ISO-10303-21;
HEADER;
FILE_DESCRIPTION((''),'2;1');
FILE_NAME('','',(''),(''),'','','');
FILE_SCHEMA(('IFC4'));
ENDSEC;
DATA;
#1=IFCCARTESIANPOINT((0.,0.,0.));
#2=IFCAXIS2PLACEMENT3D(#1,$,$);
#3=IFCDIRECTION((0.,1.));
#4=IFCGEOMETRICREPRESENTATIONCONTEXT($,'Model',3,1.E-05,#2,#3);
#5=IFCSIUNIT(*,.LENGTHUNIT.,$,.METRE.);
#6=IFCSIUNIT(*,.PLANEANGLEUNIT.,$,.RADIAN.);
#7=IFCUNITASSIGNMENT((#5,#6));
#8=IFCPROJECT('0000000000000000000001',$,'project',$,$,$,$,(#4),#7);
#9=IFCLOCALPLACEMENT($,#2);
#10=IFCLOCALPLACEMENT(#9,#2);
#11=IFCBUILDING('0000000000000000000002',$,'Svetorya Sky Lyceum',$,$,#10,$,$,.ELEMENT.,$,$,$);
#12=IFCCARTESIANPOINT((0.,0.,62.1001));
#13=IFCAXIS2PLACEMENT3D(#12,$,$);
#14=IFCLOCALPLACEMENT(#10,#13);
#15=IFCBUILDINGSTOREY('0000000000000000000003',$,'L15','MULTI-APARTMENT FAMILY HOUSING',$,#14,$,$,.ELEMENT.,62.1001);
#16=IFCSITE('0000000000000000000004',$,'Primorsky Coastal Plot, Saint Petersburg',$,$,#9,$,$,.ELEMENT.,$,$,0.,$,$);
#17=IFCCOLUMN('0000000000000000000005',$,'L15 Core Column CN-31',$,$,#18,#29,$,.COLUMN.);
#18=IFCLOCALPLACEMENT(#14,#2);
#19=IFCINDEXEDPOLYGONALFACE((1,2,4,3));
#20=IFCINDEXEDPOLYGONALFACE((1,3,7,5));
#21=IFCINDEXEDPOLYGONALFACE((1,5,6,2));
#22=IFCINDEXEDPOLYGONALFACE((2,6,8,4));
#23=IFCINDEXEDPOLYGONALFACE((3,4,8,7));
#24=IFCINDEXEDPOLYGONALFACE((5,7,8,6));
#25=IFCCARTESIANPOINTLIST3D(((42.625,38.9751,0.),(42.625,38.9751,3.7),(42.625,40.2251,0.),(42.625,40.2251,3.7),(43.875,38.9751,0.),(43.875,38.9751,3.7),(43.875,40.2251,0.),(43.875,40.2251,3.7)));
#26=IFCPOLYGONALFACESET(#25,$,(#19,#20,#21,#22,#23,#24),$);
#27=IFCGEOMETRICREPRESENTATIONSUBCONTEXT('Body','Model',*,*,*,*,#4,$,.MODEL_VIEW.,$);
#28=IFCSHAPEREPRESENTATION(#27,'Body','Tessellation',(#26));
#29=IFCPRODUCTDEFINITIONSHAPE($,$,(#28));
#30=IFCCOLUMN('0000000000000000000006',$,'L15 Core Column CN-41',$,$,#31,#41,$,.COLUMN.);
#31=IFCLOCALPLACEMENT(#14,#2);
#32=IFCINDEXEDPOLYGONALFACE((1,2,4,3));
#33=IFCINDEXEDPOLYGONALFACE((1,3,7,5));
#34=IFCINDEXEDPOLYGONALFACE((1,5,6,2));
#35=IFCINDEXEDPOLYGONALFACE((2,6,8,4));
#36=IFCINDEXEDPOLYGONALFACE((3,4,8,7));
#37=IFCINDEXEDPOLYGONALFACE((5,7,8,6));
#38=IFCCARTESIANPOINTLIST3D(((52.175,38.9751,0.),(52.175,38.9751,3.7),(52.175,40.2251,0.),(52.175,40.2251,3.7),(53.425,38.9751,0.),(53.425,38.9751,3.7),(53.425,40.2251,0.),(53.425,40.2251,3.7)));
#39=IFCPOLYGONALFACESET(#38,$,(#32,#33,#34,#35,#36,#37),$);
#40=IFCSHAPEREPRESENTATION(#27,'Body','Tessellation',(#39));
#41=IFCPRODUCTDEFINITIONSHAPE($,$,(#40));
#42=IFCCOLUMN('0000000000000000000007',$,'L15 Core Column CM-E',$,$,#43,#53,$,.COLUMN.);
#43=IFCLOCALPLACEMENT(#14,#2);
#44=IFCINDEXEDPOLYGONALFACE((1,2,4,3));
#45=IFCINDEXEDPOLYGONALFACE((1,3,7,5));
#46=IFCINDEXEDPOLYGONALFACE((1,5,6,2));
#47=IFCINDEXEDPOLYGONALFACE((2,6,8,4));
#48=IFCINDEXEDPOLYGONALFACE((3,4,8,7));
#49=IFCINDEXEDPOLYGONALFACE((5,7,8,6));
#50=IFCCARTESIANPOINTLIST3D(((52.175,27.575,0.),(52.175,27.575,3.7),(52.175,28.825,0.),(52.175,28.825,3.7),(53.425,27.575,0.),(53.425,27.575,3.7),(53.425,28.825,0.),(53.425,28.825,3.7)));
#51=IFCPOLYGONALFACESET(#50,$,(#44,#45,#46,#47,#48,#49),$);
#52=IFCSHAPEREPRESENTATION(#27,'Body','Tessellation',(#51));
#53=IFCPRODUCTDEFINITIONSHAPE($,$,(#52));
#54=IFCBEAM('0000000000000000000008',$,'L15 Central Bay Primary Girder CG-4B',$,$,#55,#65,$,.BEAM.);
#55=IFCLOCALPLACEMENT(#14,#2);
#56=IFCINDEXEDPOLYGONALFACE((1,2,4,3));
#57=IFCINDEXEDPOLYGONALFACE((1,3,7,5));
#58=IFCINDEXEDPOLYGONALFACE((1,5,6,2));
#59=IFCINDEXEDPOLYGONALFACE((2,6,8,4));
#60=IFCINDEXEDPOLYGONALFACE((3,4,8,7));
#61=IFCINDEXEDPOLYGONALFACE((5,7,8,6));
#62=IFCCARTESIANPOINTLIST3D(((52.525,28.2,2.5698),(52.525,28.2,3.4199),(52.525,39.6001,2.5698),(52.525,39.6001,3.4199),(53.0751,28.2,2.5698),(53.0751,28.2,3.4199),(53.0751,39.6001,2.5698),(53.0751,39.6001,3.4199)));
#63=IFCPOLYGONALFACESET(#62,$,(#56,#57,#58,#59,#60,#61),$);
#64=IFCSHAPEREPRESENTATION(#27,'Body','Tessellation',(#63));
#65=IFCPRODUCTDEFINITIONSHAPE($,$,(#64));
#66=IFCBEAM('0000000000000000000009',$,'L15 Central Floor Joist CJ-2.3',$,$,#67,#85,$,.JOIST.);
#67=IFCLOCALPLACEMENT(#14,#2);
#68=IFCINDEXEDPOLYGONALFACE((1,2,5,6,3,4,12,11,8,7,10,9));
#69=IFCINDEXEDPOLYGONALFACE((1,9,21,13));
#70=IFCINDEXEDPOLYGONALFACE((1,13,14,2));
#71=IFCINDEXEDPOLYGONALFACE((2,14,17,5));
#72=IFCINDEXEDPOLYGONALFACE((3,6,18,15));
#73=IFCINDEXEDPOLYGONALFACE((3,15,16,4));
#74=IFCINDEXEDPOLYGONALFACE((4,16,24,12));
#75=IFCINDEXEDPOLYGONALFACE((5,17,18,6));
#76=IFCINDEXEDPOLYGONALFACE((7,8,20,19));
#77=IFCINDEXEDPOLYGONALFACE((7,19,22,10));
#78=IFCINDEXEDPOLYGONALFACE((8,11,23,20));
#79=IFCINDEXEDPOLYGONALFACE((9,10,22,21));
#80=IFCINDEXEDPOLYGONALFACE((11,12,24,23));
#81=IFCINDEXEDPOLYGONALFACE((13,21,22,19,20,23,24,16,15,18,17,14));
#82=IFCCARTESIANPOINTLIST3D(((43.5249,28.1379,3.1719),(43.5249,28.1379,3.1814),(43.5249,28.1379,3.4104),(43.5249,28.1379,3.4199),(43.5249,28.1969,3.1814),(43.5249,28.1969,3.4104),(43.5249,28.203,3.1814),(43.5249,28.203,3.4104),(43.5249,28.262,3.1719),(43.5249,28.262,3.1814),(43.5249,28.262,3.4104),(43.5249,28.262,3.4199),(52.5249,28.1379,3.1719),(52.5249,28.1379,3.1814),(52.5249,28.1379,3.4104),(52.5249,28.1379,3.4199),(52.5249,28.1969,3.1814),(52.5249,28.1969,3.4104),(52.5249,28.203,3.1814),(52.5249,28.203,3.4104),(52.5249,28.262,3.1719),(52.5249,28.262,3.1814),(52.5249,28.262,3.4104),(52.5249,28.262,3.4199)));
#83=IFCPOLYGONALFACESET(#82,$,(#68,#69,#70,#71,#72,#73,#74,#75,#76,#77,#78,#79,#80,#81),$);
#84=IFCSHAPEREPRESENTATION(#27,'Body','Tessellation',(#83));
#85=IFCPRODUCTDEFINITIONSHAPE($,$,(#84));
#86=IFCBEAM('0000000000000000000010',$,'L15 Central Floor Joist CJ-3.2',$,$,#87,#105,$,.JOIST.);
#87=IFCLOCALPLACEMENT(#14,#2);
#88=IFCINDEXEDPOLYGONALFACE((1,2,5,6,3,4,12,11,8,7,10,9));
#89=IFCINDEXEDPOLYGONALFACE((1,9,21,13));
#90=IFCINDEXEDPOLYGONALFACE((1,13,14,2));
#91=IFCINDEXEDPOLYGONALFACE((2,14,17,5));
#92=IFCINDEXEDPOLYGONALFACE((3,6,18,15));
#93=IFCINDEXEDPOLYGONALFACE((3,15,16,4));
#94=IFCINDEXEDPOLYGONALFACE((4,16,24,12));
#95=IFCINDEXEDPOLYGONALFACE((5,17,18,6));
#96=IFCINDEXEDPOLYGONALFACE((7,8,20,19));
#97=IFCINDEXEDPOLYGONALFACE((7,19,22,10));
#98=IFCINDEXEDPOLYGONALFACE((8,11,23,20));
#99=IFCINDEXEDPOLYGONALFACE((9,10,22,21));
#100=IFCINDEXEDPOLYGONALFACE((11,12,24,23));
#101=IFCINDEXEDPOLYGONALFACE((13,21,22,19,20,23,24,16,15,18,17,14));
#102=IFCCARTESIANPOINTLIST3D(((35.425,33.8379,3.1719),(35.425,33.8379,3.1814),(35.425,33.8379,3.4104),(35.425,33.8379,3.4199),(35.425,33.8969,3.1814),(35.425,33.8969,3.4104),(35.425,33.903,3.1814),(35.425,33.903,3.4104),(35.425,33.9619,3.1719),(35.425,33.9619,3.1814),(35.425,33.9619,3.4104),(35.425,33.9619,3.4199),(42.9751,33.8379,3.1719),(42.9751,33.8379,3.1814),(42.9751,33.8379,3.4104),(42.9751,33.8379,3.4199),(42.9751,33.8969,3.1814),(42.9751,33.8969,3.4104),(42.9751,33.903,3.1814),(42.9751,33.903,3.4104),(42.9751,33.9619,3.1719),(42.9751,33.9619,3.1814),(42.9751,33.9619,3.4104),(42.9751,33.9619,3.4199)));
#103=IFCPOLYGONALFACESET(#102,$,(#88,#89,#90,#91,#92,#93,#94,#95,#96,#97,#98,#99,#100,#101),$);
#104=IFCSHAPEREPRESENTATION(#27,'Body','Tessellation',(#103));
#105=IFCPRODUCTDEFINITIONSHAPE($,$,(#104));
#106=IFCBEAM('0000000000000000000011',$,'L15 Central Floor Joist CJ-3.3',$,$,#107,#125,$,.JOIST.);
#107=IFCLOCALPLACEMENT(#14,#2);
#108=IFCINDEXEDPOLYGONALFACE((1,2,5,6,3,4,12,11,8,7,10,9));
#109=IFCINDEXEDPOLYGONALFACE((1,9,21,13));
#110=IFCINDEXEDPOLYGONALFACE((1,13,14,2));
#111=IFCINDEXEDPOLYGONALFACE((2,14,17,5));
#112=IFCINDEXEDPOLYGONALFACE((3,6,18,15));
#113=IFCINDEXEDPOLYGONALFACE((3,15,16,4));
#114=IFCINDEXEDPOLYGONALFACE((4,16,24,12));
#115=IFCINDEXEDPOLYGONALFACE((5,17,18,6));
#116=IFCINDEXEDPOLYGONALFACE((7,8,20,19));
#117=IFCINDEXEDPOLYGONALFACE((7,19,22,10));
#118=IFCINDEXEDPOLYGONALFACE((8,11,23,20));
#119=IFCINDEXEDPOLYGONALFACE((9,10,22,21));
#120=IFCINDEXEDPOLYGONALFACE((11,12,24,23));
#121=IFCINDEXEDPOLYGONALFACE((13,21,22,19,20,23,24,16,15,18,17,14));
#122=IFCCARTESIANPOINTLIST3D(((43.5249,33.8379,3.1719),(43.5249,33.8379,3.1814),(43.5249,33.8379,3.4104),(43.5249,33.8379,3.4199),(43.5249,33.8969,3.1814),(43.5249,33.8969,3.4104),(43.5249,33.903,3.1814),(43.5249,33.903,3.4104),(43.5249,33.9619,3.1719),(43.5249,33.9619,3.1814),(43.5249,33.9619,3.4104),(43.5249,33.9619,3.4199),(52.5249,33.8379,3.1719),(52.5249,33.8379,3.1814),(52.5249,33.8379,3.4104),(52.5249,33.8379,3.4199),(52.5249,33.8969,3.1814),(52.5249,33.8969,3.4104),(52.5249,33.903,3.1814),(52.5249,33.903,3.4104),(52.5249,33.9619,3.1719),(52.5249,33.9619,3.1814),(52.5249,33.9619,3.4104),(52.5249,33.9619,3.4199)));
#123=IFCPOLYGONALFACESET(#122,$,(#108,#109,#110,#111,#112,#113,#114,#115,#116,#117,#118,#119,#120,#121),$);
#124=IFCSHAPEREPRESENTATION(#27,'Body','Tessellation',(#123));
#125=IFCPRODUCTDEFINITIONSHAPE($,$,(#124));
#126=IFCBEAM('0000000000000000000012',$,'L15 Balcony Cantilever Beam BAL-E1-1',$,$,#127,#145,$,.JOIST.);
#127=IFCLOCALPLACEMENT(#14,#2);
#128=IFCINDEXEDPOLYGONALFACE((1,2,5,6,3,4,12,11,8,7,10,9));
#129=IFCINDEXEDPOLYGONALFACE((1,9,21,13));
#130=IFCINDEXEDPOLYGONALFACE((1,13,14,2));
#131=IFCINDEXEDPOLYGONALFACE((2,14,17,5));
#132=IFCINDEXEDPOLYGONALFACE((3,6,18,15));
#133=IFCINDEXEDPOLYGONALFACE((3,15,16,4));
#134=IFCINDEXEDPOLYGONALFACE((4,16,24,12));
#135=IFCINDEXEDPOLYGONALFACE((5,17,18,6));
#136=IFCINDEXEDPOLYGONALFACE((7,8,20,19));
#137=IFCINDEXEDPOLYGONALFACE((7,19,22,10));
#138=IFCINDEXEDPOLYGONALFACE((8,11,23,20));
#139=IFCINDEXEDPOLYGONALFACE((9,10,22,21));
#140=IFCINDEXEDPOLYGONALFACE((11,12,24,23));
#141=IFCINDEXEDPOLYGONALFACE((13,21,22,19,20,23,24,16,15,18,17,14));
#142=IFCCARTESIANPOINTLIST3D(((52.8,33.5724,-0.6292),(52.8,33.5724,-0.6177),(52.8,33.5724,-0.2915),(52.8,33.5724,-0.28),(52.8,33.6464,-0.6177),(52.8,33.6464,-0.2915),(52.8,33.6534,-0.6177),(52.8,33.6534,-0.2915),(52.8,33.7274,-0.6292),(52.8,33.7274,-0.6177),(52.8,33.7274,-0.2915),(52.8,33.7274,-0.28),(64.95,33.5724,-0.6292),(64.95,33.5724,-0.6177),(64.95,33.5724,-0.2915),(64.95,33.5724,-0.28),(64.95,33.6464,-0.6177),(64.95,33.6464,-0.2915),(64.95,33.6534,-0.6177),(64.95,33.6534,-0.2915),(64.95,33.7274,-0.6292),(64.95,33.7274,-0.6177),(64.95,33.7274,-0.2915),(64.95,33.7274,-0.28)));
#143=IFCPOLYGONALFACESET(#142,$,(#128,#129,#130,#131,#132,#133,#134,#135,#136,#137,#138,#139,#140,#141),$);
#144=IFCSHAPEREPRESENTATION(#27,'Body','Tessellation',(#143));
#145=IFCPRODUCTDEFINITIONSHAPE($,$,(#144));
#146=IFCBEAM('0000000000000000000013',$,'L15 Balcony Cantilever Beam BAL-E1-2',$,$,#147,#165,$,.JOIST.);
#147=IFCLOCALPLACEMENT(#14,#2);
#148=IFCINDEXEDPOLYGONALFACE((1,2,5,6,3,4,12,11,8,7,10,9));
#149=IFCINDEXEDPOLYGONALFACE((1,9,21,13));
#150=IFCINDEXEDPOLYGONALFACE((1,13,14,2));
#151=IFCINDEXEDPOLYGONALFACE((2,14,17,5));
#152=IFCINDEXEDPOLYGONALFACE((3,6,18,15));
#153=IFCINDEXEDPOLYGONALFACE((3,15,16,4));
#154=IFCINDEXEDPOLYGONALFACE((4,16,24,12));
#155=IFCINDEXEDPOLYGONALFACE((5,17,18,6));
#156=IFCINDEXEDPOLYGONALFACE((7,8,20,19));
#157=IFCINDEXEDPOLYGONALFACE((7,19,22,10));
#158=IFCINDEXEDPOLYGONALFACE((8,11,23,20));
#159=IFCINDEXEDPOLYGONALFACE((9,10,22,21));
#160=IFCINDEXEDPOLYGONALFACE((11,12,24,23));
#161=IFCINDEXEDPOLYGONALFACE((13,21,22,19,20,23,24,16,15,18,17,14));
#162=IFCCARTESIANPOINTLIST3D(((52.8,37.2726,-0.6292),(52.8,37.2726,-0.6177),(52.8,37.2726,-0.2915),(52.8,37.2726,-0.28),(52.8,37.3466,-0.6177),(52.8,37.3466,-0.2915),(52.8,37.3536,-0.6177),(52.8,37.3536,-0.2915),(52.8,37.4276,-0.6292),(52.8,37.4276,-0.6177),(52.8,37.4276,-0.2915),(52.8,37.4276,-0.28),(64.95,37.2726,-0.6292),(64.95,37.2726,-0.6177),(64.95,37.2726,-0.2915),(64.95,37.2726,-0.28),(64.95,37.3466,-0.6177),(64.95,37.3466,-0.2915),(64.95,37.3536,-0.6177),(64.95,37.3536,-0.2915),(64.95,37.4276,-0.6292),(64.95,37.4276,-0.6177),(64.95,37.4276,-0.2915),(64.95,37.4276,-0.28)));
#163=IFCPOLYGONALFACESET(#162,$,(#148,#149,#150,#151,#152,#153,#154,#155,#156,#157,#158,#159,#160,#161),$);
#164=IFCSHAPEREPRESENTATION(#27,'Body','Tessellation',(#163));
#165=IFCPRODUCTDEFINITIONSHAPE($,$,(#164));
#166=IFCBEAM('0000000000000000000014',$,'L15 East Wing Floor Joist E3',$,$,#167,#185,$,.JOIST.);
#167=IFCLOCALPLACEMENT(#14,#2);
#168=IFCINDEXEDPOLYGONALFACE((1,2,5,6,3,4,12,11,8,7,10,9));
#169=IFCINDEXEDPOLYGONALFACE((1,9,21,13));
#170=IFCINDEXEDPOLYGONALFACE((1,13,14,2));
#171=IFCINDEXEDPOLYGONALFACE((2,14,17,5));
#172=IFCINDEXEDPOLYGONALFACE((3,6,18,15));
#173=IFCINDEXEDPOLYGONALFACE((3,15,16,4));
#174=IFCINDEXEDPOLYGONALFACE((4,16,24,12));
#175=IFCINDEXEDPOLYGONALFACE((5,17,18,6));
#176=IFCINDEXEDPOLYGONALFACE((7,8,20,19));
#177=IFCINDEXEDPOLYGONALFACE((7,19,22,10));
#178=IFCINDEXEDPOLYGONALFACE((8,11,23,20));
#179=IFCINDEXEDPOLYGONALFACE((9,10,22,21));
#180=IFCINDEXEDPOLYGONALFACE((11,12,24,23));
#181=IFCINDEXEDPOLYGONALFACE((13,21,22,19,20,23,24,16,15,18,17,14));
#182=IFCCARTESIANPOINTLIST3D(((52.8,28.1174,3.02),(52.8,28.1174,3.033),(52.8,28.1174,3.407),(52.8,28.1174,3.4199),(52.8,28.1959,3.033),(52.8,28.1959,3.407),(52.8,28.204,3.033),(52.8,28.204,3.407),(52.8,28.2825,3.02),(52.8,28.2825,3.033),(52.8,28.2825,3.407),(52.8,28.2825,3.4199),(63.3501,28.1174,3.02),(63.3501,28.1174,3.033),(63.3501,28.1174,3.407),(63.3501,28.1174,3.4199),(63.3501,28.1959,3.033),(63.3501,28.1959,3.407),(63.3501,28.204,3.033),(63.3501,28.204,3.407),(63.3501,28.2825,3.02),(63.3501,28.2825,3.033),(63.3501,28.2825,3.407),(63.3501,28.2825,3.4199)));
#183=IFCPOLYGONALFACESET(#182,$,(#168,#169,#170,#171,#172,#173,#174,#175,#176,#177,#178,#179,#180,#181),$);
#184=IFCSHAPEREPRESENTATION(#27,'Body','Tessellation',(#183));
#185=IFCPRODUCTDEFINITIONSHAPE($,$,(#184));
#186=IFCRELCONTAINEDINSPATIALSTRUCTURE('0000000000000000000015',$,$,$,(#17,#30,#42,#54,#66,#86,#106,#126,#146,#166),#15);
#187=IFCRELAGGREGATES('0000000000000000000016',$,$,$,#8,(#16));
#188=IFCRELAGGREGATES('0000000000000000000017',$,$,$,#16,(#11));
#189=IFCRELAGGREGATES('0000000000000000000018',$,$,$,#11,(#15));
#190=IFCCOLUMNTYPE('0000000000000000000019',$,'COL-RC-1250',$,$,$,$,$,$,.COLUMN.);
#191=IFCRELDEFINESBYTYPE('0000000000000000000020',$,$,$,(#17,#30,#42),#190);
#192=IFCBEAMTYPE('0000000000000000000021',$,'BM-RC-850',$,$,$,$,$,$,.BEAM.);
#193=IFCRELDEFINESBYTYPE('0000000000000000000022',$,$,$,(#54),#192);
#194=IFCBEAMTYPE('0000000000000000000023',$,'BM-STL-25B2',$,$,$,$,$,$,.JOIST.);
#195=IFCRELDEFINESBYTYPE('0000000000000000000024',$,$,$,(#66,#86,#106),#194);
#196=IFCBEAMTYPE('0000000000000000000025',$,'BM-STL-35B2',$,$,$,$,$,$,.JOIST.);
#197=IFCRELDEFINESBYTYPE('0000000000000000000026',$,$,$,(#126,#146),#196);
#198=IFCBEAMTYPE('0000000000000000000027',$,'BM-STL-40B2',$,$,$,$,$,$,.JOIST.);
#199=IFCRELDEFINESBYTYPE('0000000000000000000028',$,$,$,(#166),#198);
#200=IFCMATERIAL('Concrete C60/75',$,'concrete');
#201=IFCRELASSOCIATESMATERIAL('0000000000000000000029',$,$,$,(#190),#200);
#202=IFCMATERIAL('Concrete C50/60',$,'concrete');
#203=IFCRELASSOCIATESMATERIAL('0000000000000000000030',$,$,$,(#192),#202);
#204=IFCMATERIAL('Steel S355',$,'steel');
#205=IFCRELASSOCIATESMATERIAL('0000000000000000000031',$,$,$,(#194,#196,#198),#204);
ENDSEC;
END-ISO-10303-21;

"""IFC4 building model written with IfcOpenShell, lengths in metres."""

from ifc_helpers import new_model, si_unit, direction, frame, origin, origin_2d, place, context, subcontext, project, spatial, rectangle, i_section, extrude, material, material_profile, profile_set, type_object, element, save


model = new_model("IFC4")

# Units and contexts
model_context = context("Model", 3, precision=1e-05, world=origin(), true_north=direction((0.0, 1.0)))
body_context = subcontext(model_context, "Body", "Model", "MODEL_VIEW")
ifc_project = project(units=[si_unit("LENGTHUNIT", "METRE"), si_unit("PLANEANGLEUNIT", "RADIAN")], contexts=[model_context])

# Site, building, storey
site_placement = place(None, origin())
site = spatial("IfcSite", under=ifc_project, at=site_placement, Name="Primorsky Coastal Plot, Saint Petersburg", CompositionType="ELEMENT", RefElevation=0.0)
building_placement = place(site_placement, origin())
building = spatial("IfcBuilding", under=site, at=building_placement, Name="Svetorya Sky Lyceum", CompositionType="ELEMENT")
storey_placement = place(building_placement, frame((0.0, 0.0, 62.1001)))
storey = spatial("IfcBuildingStorey", under=building, at=storey_placement, Name="L15", Description="MULTI-APARTMENT FAMILY HOUSING", CompositionType="ELEMENT", Elevation=62.1001)

# Columns
ifc_material_1 = material(Name="Concrete C60/75", Category="concrete")
ifc_material_profile_1 = material_profile(ifc_material_1, rectangle(XDim=1.25, YDim=1.25, at=origin_2d()), Name="RC COL 1250x1250")
ifc_profile_set_1 = profile_set([ifc_material_profile_1], Name="Concrete C60/75")
column_type = type_object("IfcColumnType", Name="COL-RC-1250", PredefinedType="COLUMN", material=ifc_profile_set_1)
for number, where, z_axis, x_axis, name in (
    (1, (43.25, 39.6001, 0.0), (0.0, 0.0, 1.0), (1.0, 0.0, 0.0), "L15 Core Column CN-31"),
    (2, (52.8, 39.6001, 0.0), (0.0, 0.0, 1.0), (1.0, 0.0, 0.0), "L15 Core Column CN-41"),
    (3, (52.8, 28.2, 0.0), (0.0, 0.0, 1.0), (1.0, 0.0, 0.0), "L15 Core Column CM-E"),
):
    element("IfcColumn", number, at=place(storey_placement, frame(where, z_axis=z_axis, x_axis=x_axis)), inside=storey, type_object=column_type, Name=name, PredefinedType="COLUMN", context=body_context, shape_type="SweptSolid", body=[
        extrude(rectangle(XDim=1.25, YDim=1.25, at=origin_2d()), origin(), (0.0, 0.0, 1.0), 3.7),
    ])

# Beams
ifc_material_2 = material(Name="Concrete C50/60", Category="concrete")
ifc_material_profile_2 = material_profile(ifc_material_2, rectangle(XDim=0.55, YDim=0.8501, at=origin_2d()), Name="RC BEAM 550x850")
ifc_profile_set_2 = profile_set([ifc_material_profile_2], Name="Concrete C50/60")
beam_type_1 = type_object("IfcBeamType", Name="BM-RC-850", PredefinedType="BEAM", material=ifc_profile_set_2)
beam_1_placement = place(storey_placement, frame((52.8, 28.2, 2.9949), z_axis=(0.0, 1.0, 0.0), x_axis=(-1.0, 0.0, 0.0)))
element("IfcBeam", 4, at=beam_1_placement, inside=storey, type_object=beam_type_1, Name="L15 Central Bay Primary Girder CG-4B", PredefinedType="BEAM", context=body_context, shape_type="SweptSolid", body=[
    extrude(rectangle(XDim=0.55, YDim=0.8501, at=origin_2d()), origin(), (0.0, 0.0, 1.0), 11.4001),
])
ifc_material_3 = material(Name="Steel S355", Category="steel")
ifc_material_profile_3 = material_profile(ifc_material_3, i_section(OverallWidth=0.124, OverallDepth=0.248, WebThickness=0.0061, FlangeThickness=0.0095, at=origin_2d()), Name="GOST 25B2")
ifc_profile_set_3 = profile_set([ifc_material_profile_3], Name="Steel S355")
beam_type_2 = type_object("IfcBeamType", Name="BM-STL-25B2", PredefinedType="JOIST", material=ifc_profile_set_3)
beam_2_placement = place(storey_placement, frame((43.5249, 28.2, 3.2959), z_axis=(1.0, 0.0, 0.0), x_axis=(0.0, 1.0, 0.0)))
element("IfcBeam", 5, at=beam_2_placement, inside=storey, type_object=beam_type_2, Name="L15 Central Floor Joist CJ-2.3", PredefinedType="JOIST", context=body_context, shape_type="SweptSolid", body=[
    extrude(i_section(OverallWidth=0.124, OverallDepth=0.248, WebThickness=0.0061, FlangeThickness=0.0095, at=origin_2d()), origin(), (0.0, 0.0, 1.0), 9.0),
])
beam_3_placement = place(storey_placement, frame((35.425, 33.8999, 3.2959), z_axis=(1.0, 0.0, 0.0), x_axis=(0.0, 1.0, 0.0)))
element("IfcBeam", 6, at=beam_3_placement, inside=storey, type_object=beam_type_2, Name="L15 Central Floor Joist CJ-3.2", PredefinedType="JOIST", context=body_context, shape_type="SweptSolid", body=[
    extrude(i_section(OverallWidth=0.124, OverallDepth=0.248, WebThickness=0.0061, FlangeThickness=0.0095, at=origin_2d()), origin(), (0.0, 0.0, 1.0), 7.55),
])
beam_4_placement = place(storey_placement, frame((43.5249, 33.8999, 3.2959), z_axis=(1.0, 0.0, 0.0), x_axis=(0.0, 1.0, 0.0)))
element("IfcBeam", 7, at=beam_4_placement, inside=storey, type_object=beam_type_2, Name="L15 Central Floor Joist CJ-3.3", PredefinedType="JOIST", context=body_context, shape_type="SweptSolid", body=[
    extrude(i_section(OverallWidth=0.124, OverallDepth=0.248, WebThickness=0.0061, FlangeThickness=0.0095, at=origin_2d()), origin(), (0.0, 0.0, 1.0), 9.0),
])
ifc_material_profile_4 = material_profile(ifc_material_3, i_section(OverallWidth=0.155, OverallDepth=0.3491, WebThickness=0.0071, FlangeThickness=0.0115, at=origin_2d()), Name="GOST 35B2")
ifc_profile_set_4 = profile_set([ifc_material_profile_4], Name="Steel S355")
beam_type_3 = type_object("IfcBeamType", Name="BM-STL-35B2", PredefinedType="JOIST", material=ifc_profile_set_4)
for number, where, z_axis, x_axis, name in (
    (8, (52.8, 33.6499, -0.4546), (1.0, 0.0, 0.0), (0.0, 1.0, 0.0), "L15 Balcony Cantilever Beam BAL-E1-1"),
    (9, (52.8, 37.3501, -0.4546), (1.0, 0.0, 0.0), (0.0, 1.0, 0.0), "L15 Balcony Cantilever Beam BAL-E1-2"),
):
    element("IfcBeam", number, at=place(storey_placement, frame(where, z_axis=z_axis, x_axis=x_axis)), inside=storey, type_object=beam_type_3, Name=name, PredefinedType="JOIST", context=body_context, shape_type="SweptSolid", body=[
        extrude(i_section(OverallWidth=0.155, OverallDepth=0.3491, WebThickness=0.0071, FlangeThickness=0.0115, at=origin_2d()), origin(), (0.0, 0.0, 1.0), 12.1499),
    ])
ifc_material_profile_5 = material_profile(ifc_material_3, i_section(OverallWidth=0.165, OverallDepth=0.3999, WebThickness=0.0081, FlangeThickness=0.0129, at=origin_2d()), Name="GOST 40B2")
ifc_profile_set_5 = profile_set([ifc_material_profile_5], Name="Steel S355")
beam_type_4 = type_object("IfcBeamType", Name="BM-STL-40B2", PredefinedType="JOIST", material=ifc_profile_set_5)
beam_5_placement = place(storey_placement, frame((52.8, 28.2, 3.22), z_axis=(1.0, 0.0, 0.0), x_axis=(0.0, 1.0, 0.0)))
element("IfcBeam", 10, at=beam_5_placement, inside=storey, type_object=beam_type_4, Name="L15 East Wing Floor Joist E3", PredefinedType="JOIST", context=body_context, shape_type="SweptSolid", body=[
    extrude(i_section(OverallWidth=0.165, OverallDepth=0.3999, WebThickness=0.0081, FlangeThickness=0.0129, at=origin_2d()), origin(), (0.0, 0.0, 1.0), 10.55),
])

save(model, "model.ifc")
